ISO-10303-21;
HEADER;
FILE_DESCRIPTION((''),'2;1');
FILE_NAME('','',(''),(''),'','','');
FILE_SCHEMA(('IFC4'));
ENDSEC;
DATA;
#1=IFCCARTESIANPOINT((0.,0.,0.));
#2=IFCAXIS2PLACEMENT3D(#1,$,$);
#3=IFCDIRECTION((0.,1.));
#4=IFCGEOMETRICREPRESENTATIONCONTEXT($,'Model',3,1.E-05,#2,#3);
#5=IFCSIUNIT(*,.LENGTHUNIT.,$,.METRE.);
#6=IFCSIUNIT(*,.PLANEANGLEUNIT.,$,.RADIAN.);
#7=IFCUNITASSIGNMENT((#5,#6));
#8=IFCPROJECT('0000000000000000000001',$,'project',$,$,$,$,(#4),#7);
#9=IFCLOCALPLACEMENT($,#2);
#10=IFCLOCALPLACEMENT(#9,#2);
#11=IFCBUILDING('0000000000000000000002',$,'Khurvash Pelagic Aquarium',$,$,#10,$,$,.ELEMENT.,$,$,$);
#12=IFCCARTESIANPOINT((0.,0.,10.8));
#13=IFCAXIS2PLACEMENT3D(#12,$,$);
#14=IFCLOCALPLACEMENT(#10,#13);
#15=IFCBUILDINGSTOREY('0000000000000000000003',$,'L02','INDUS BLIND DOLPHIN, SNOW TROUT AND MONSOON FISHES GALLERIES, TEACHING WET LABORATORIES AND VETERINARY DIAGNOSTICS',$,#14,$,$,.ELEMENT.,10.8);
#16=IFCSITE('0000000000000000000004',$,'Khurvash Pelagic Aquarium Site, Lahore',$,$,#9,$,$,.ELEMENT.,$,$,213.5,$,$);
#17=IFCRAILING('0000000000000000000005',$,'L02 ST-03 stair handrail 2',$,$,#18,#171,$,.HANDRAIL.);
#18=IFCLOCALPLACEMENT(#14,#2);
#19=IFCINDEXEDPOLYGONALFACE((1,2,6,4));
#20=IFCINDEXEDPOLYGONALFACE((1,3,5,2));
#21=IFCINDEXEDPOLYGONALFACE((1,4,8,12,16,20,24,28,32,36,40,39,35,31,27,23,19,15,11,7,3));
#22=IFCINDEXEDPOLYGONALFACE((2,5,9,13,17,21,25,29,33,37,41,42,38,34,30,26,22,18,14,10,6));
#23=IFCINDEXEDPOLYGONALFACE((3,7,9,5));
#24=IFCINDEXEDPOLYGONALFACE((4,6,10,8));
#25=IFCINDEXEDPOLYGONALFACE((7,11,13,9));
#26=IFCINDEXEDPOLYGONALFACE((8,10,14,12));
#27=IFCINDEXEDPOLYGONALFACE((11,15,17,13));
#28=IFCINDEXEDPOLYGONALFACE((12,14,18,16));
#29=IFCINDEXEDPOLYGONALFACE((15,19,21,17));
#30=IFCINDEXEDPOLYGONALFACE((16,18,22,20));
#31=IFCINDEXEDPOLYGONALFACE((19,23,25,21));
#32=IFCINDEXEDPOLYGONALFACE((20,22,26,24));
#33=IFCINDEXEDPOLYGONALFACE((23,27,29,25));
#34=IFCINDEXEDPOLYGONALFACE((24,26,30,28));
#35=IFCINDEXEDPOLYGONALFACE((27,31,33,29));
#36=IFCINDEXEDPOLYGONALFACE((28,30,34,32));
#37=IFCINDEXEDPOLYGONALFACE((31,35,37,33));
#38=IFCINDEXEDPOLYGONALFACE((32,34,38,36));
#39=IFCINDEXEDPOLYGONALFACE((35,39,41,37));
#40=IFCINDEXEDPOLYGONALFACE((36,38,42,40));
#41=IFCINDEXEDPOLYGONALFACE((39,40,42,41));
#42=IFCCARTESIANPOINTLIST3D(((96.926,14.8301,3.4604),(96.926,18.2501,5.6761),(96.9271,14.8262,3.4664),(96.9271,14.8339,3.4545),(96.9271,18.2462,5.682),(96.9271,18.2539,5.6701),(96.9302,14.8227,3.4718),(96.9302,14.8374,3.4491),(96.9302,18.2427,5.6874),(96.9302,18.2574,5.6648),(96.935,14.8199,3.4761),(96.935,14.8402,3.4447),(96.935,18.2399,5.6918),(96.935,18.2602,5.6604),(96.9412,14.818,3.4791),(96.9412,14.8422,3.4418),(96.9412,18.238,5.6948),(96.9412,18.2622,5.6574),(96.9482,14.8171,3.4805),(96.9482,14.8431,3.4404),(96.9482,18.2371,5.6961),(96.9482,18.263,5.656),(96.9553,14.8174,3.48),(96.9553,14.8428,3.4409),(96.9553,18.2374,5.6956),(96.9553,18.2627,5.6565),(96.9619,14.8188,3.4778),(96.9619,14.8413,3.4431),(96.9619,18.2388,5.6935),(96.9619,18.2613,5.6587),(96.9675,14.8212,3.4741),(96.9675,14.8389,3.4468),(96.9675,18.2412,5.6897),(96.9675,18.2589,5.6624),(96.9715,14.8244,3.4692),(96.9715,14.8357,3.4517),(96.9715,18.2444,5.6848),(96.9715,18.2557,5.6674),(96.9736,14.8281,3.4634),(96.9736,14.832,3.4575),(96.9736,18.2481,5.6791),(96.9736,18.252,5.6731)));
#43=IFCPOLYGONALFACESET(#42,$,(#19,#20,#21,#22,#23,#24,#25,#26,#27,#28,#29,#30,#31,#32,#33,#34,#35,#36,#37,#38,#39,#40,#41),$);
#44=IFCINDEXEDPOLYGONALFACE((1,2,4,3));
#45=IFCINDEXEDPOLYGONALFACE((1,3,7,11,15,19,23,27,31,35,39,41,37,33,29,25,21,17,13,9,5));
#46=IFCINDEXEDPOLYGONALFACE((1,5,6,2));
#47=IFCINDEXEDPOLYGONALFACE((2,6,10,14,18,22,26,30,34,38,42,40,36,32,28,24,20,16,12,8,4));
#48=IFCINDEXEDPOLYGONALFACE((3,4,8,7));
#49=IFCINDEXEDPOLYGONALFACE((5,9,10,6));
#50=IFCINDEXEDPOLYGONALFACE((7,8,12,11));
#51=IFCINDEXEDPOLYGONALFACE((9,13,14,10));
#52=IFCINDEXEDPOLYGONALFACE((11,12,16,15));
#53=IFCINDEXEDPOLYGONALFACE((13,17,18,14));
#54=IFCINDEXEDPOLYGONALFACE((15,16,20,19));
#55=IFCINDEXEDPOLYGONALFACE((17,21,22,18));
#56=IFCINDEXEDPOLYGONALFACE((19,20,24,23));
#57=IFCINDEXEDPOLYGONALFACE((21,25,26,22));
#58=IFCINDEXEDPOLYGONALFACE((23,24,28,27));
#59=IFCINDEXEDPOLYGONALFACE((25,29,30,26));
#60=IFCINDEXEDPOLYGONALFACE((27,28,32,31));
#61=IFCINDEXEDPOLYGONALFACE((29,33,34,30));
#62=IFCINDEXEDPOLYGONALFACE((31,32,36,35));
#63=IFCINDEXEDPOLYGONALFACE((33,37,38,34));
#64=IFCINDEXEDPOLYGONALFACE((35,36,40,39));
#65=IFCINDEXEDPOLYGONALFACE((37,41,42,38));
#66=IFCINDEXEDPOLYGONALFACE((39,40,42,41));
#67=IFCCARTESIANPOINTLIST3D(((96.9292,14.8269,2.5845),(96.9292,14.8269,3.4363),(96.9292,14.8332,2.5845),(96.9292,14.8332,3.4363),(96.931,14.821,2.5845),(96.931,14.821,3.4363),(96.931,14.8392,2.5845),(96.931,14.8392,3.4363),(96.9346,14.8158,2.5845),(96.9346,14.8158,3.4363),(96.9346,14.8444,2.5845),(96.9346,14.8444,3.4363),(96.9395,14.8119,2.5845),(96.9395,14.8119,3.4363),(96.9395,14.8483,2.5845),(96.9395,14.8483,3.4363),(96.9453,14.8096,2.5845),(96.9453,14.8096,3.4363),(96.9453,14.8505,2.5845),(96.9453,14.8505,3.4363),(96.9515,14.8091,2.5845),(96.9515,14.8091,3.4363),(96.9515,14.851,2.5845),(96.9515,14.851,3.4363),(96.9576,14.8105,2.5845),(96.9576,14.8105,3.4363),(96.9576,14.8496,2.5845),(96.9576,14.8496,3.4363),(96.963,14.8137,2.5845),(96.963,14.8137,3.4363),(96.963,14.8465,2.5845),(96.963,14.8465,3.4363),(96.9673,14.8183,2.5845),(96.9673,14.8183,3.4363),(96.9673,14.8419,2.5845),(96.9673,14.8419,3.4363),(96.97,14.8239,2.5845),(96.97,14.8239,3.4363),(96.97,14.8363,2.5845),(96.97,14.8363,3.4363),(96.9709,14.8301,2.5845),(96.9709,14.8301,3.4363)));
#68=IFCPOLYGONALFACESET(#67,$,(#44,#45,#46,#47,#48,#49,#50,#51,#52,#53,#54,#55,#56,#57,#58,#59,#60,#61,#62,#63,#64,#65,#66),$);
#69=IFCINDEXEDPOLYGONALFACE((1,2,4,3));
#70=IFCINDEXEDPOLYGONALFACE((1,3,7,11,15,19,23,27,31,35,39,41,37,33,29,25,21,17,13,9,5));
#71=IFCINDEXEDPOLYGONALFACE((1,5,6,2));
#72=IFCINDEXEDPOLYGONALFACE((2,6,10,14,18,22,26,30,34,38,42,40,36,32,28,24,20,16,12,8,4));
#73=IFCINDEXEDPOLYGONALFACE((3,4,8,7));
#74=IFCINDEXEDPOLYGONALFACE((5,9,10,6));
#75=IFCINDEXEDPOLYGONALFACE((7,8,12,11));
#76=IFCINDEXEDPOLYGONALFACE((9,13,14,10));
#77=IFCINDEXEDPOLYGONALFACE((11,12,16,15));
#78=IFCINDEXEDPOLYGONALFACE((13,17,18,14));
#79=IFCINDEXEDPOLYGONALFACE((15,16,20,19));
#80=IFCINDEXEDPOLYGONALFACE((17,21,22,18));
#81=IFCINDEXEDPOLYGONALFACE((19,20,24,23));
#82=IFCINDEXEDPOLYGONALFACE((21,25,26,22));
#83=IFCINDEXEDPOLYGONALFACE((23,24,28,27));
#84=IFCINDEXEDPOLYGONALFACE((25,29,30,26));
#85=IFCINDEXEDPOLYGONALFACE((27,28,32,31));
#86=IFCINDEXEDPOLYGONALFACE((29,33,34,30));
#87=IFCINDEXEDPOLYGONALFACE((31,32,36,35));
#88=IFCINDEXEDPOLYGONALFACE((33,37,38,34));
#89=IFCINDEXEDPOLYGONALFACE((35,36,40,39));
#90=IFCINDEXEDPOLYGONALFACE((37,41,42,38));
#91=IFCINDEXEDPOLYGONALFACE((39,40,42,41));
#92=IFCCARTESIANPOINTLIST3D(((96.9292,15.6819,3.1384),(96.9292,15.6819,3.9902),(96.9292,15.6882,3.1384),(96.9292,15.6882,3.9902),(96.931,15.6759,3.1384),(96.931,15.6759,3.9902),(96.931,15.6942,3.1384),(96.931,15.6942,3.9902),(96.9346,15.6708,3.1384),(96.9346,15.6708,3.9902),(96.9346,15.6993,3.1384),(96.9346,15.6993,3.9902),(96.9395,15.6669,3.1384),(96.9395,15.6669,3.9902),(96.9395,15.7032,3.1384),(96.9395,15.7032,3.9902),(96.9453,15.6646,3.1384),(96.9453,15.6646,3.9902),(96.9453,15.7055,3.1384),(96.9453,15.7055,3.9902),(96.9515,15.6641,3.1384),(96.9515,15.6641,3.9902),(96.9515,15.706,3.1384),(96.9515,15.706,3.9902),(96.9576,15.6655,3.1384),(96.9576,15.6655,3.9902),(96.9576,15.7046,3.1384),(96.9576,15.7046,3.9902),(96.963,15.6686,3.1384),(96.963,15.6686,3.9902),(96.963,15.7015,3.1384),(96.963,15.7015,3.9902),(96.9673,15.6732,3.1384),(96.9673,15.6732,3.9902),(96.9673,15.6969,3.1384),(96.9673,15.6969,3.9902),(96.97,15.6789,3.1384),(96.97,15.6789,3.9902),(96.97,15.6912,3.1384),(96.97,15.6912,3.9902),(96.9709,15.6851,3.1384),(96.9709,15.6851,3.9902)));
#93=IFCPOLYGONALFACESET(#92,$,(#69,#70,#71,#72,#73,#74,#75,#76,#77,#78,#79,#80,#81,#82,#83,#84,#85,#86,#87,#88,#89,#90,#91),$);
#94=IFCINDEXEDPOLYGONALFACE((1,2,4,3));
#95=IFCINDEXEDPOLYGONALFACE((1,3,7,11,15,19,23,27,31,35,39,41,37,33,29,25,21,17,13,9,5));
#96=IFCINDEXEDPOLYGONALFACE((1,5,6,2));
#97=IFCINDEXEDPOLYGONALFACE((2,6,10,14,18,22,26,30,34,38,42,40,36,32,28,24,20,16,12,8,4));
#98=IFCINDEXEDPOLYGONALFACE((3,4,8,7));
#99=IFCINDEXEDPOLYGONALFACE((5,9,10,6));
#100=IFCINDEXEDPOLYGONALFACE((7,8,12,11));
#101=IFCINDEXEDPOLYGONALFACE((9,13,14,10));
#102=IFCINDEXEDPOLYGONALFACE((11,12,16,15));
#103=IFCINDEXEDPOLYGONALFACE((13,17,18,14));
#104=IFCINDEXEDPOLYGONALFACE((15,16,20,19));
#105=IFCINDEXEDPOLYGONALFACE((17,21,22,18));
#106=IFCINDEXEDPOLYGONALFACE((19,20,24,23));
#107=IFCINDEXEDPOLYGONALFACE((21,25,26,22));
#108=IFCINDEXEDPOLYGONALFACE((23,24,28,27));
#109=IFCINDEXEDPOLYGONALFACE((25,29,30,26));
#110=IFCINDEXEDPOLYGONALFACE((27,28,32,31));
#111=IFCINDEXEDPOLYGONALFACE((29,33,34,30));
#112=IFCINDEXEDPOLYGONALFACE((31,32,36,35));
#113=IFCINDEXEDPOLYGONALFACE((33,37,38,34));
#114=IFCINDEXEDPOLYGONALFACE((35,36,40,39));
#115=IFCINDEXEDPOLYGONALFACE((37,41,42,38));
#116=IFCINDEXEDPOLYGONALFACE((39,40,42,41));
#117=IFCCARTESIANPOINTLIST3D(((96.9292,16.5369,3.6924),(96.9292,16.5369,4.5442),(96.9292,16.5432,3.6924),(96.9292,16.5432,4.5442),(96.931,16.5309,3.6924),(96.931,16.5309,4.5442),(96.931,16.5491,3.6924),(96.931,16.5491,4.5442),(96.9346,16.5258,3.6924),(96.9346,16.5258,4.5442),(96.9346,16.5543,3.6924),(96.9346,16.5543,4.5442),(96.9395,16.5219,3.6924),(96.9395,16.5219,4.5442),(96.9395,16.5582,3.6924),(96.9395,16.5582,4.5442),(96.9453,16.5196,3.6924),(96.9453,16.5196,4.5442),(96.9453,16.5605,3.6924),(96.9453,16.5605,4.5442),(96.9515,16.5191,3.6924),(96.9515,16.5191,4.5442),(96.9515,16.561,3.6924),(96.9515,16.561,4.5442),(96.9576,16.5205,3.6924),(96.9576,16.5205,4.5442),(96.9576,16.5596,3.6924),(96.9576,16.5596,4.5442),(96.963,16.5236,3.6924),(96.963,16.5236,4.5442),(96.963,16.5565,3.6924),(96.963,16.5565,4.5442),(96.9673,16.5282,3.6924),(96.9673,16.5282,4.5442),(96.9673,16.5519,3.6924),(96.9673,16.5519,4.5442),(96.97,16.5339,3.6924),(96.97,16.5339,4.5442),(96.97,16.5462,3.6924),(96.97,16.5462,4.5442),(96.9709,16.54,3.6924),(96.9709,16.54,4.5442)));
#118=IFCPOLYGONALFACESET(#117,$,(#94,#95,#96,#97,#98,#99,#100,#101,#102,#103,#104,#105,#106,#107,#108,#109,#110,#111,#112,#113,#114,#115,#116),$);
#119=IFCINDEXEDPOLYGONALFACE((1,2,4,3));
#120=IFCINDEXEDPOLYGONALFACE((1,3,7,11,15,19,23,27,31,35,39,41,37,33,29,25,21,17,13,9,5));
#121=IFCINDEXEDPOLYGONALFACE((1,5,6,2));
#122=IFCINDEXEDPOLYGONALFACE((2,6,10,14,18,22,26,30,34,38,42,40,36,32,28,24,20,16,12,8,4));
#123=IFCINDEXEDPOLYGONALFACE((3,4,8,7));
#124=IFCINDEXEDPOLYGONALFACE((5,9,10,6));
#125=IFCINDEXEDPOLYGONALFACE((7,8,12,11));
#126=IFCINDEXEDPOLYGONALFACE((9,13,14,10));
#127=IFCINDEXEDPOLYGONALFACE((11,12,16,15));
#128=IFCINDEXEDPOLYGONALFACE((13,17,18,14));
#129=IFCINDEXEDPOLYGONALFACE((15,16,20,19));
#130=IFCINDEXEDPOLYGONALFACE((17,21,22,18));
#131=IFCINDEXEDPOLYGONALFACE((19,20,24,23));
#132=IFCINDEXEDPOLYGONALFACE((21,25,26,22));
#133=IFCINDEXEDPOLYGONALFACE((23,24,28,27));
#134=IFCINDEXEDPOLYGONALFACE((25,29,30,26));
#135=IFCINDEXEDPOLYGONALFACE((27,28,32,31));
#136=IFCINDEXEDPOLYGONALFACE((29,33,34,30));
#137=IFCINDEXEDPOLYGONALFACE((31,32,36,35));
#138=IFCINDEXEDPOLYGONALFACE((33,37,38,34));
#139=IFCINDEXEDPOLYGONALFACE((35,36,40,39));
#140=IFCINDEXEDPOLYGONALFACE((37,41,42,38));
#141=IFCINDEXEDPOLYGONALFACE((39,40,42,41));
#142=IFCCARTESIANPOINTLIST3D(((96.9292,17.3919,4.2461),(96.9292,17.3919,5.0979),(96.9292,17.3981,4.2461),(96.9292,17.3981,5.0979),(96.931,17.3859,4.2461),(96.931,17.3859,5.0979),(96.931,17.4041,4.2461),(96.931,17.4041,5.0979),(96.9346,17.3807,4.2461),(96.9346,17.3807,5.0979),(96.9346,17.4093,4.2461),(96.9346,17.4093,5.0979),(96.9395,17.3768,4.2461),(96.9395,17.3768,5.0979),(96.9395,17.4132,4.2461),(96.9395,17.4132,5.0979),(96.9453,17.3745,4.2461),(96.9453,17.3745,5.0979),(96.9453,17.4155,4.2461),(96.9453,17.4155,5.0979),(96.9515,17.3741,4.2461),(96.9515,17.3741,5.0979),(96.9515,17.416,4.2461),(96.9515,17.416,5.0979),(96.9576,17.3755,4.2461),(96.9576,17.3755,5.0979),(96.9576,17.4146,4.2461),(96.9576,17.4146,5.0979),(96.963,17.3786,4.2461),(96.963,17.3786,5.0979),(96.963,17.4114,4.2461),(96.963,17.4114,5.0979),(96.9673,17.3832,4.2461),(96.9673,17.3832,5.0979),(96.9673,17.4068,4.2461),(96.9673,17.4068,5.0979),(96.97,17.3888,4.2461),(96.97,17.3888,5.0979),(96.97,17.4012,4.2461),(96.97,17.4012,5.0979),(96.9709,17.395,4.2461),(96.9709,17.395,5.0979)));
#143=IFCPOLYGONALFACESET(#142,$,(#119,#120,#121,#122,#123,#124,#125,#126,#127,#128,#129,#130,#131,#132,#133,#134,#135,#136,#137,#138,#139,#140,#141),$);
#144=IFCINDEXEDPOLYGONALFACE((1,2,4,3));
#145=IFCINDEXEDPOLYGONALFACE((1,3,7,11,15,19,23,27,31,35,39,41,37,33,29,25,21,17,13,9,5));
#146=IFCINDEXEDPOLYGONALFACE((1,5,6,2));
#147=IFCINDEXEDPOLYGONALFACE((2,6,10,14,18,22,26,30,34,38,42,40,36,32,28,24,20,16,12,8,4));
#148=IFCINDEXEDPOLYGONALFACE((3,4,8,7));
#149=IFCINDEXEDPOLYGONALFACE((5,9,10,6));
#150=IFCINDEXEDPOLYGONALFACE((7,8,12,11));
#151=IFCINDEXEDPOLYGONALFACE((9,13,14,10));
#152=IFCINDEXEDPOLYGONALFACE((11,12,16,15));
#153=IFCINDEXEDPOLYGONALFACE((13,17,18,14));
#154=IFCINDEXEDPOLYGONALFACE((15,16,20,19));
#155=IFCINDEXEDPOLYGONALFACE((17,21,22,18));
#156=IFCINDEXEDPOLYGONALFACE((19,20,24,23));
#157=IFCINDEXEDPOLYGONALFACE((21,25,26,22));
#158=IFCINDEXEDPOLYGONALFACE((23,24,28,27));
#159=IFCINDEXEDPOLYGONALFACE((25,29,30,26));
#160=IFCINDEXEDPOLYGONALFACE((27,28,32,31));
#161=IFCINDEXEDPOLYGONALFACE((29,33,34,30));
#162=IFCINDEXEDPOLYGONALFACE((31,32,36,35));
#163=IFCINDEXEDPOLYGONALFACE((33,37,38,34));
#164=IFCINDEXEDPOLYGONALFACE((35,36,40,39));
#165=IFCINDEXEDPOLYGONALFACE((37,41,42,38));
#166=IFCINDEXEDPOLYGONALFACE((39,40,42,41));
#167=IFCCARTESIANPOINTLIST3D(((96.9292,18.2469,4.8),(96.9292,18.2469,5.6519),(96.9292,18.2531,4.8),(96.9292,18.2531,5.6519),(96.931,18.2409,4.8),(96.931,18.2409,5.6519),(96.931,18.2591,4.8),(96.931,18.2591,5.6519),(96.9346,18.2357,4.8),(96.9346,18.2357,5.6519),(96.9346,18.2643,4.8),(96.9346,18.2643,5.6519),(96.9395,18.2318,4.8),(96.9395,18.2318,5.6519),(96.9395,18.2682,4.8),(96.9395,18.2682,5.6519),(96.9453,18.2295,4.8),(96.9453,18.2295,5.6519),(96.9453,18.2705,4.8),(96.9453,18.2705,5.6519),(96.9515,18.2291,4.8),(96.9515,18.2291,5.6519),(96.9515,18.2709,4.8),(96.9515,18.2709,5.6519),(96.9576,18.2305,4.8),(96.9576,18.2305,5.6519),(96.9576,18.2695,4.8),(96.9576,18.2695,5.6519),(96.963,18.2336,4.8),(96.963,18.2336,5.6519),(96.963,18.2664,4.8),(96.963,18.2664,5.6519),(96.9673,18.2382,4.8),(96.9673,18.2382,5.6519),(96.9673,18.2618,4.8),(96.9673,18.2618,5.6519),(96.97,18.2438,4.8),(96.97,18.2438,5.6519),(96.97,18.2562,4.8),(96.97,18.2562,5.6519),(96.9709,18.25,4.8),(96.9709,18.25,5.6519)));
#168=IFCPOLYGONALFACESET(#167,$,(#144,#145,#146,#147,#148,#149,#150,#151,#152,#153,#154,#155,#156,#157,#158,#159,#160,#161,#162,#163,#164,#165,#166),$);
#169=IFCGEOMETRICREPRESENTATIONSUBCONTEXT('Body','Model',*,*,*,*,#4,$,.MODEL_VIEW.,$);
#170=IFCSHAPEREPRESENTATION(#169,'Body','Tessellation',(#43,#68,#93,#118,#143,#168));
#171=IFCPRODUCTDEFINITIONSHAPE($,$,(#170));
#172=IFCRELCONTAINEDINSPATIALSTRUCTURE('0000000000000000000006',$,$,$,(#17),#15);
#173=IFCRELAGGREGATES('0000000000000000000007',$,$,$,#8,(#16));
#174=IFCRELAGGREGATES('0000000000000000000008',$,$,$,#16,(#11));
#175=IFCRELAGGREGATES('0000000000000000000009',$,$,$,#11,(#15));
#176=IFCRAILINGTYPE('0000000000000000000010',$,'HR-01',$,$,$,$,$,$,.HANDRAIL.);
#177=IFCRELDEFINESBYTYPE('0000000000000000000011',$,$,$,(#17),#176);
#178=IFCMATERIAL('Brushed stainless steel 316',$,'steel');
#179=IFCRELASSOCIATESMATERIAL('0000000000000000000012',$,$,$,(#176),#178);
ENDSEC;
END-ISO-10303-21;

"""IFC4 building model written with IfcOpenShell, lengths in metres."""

from ifc_helpers import new_model, si_unit, direction, frame, origin, origin_2d, place, context, subcontext, project, spatial, circle, extrude, material, type_object, element, save


model = new_model("IFC4")

# Units and contexts
model_context = context("Model", 3, precision=1e-05, world=origin(), true_north=direction((0.0, 1.0)))
body_context = subcontext(model_context, "Body", "Model", "MODEL_VIEW")
ifc_project = project(units=[si_unit("LENGTHUNIT", "METRE"), si_unit("PLANEANGLEUNIT", "RADIAN")], contexts=[model_context])

# Site, building, storey
site_placement = place(None, origin())
site = spatial("IfcSite", under=ifc_project, at=site_placement, Name="Khurvash Pelagic Aquarium Site, Lahore", CompositionType="ELEMENT", RefElevation=213.5)
building_placement = place(site_placement, origin())
building = spatial("IfcBuilding", under=site, at=building_placement, Name="Khurvash Pelagic Aquarium", CompositionType="ELEMENT")
storey_placement = place(building_placement, frame((0.0, 0.0, 10.8)))
storey = spatial("IfcBuildingStorey", under=building, at=storey_placement, Name="L02", Description="INDUS BLIND DOLPHIN, SNOW TROUT AND MONSOON FISHES GALLERIES, TEACHING WET LABORATORIES AND VETERINARY DIAGNOSTICS", CompositionType="ELEMENT", Elevation=10.8)

# Railing
ifc_material_1 = material(Name="Brushed stainless steel 316", Category="steel")
railing_type_1 = type_object("IfcRailingType", Name="HR-01", PredefinedType="HANDRAIL", material=ifc_material_1)
railing_1_placement = place(storey_placement, frame((96.95, 14.8301, 2.5845)))
element("IfcRailing", 1, at=railing_1_placement, inside=storey, type_object=railing_type_1, Name="L02 ST-03 stair handrail 2", PredefinedType="HANDRAIL", context=body_context, shape_type="SweptSolid", body=[
    extrude(circle(Radius=0.0239, at=origin_2d()), frame((0.0, 0.0, 0.876), z_axis=(0.0, 0.839269, 0.543716), x_axis=(-1.0, 0.0, 0.0)), (0.0, 0.0, 1.0), 4.075),
    extrude(circle(Radius=0.021, at=origin_2d()), origin(), (0.0, 0.0, 1.0), 0.8518),
    extrude(circle(Radius=0.021, at=origin_2d()), frame((0.0, 0.855, 0.554)), (0.0, 0.0, 1.0), 0.8518),
    extrude(circle(Radius=0.021, at=origin_2d()), frame((0.0, 1.71, 1.1079)), (0.0, 0.0, 1.0), 0.8518),
    extrude(circle(Radius=0.021, at=origin_2d()), frame((0.0, 2.5649, 1.6616)), (0.0, 0.0, 1.0), 0.8518),
    extrude(circle(Radius=0.021, at=origin_2d()), frame((0.0, 3.4199, 2.2156)), (0.0, 0.0, 1.0), 0.8518),
])

save(model, "model.ifc")
